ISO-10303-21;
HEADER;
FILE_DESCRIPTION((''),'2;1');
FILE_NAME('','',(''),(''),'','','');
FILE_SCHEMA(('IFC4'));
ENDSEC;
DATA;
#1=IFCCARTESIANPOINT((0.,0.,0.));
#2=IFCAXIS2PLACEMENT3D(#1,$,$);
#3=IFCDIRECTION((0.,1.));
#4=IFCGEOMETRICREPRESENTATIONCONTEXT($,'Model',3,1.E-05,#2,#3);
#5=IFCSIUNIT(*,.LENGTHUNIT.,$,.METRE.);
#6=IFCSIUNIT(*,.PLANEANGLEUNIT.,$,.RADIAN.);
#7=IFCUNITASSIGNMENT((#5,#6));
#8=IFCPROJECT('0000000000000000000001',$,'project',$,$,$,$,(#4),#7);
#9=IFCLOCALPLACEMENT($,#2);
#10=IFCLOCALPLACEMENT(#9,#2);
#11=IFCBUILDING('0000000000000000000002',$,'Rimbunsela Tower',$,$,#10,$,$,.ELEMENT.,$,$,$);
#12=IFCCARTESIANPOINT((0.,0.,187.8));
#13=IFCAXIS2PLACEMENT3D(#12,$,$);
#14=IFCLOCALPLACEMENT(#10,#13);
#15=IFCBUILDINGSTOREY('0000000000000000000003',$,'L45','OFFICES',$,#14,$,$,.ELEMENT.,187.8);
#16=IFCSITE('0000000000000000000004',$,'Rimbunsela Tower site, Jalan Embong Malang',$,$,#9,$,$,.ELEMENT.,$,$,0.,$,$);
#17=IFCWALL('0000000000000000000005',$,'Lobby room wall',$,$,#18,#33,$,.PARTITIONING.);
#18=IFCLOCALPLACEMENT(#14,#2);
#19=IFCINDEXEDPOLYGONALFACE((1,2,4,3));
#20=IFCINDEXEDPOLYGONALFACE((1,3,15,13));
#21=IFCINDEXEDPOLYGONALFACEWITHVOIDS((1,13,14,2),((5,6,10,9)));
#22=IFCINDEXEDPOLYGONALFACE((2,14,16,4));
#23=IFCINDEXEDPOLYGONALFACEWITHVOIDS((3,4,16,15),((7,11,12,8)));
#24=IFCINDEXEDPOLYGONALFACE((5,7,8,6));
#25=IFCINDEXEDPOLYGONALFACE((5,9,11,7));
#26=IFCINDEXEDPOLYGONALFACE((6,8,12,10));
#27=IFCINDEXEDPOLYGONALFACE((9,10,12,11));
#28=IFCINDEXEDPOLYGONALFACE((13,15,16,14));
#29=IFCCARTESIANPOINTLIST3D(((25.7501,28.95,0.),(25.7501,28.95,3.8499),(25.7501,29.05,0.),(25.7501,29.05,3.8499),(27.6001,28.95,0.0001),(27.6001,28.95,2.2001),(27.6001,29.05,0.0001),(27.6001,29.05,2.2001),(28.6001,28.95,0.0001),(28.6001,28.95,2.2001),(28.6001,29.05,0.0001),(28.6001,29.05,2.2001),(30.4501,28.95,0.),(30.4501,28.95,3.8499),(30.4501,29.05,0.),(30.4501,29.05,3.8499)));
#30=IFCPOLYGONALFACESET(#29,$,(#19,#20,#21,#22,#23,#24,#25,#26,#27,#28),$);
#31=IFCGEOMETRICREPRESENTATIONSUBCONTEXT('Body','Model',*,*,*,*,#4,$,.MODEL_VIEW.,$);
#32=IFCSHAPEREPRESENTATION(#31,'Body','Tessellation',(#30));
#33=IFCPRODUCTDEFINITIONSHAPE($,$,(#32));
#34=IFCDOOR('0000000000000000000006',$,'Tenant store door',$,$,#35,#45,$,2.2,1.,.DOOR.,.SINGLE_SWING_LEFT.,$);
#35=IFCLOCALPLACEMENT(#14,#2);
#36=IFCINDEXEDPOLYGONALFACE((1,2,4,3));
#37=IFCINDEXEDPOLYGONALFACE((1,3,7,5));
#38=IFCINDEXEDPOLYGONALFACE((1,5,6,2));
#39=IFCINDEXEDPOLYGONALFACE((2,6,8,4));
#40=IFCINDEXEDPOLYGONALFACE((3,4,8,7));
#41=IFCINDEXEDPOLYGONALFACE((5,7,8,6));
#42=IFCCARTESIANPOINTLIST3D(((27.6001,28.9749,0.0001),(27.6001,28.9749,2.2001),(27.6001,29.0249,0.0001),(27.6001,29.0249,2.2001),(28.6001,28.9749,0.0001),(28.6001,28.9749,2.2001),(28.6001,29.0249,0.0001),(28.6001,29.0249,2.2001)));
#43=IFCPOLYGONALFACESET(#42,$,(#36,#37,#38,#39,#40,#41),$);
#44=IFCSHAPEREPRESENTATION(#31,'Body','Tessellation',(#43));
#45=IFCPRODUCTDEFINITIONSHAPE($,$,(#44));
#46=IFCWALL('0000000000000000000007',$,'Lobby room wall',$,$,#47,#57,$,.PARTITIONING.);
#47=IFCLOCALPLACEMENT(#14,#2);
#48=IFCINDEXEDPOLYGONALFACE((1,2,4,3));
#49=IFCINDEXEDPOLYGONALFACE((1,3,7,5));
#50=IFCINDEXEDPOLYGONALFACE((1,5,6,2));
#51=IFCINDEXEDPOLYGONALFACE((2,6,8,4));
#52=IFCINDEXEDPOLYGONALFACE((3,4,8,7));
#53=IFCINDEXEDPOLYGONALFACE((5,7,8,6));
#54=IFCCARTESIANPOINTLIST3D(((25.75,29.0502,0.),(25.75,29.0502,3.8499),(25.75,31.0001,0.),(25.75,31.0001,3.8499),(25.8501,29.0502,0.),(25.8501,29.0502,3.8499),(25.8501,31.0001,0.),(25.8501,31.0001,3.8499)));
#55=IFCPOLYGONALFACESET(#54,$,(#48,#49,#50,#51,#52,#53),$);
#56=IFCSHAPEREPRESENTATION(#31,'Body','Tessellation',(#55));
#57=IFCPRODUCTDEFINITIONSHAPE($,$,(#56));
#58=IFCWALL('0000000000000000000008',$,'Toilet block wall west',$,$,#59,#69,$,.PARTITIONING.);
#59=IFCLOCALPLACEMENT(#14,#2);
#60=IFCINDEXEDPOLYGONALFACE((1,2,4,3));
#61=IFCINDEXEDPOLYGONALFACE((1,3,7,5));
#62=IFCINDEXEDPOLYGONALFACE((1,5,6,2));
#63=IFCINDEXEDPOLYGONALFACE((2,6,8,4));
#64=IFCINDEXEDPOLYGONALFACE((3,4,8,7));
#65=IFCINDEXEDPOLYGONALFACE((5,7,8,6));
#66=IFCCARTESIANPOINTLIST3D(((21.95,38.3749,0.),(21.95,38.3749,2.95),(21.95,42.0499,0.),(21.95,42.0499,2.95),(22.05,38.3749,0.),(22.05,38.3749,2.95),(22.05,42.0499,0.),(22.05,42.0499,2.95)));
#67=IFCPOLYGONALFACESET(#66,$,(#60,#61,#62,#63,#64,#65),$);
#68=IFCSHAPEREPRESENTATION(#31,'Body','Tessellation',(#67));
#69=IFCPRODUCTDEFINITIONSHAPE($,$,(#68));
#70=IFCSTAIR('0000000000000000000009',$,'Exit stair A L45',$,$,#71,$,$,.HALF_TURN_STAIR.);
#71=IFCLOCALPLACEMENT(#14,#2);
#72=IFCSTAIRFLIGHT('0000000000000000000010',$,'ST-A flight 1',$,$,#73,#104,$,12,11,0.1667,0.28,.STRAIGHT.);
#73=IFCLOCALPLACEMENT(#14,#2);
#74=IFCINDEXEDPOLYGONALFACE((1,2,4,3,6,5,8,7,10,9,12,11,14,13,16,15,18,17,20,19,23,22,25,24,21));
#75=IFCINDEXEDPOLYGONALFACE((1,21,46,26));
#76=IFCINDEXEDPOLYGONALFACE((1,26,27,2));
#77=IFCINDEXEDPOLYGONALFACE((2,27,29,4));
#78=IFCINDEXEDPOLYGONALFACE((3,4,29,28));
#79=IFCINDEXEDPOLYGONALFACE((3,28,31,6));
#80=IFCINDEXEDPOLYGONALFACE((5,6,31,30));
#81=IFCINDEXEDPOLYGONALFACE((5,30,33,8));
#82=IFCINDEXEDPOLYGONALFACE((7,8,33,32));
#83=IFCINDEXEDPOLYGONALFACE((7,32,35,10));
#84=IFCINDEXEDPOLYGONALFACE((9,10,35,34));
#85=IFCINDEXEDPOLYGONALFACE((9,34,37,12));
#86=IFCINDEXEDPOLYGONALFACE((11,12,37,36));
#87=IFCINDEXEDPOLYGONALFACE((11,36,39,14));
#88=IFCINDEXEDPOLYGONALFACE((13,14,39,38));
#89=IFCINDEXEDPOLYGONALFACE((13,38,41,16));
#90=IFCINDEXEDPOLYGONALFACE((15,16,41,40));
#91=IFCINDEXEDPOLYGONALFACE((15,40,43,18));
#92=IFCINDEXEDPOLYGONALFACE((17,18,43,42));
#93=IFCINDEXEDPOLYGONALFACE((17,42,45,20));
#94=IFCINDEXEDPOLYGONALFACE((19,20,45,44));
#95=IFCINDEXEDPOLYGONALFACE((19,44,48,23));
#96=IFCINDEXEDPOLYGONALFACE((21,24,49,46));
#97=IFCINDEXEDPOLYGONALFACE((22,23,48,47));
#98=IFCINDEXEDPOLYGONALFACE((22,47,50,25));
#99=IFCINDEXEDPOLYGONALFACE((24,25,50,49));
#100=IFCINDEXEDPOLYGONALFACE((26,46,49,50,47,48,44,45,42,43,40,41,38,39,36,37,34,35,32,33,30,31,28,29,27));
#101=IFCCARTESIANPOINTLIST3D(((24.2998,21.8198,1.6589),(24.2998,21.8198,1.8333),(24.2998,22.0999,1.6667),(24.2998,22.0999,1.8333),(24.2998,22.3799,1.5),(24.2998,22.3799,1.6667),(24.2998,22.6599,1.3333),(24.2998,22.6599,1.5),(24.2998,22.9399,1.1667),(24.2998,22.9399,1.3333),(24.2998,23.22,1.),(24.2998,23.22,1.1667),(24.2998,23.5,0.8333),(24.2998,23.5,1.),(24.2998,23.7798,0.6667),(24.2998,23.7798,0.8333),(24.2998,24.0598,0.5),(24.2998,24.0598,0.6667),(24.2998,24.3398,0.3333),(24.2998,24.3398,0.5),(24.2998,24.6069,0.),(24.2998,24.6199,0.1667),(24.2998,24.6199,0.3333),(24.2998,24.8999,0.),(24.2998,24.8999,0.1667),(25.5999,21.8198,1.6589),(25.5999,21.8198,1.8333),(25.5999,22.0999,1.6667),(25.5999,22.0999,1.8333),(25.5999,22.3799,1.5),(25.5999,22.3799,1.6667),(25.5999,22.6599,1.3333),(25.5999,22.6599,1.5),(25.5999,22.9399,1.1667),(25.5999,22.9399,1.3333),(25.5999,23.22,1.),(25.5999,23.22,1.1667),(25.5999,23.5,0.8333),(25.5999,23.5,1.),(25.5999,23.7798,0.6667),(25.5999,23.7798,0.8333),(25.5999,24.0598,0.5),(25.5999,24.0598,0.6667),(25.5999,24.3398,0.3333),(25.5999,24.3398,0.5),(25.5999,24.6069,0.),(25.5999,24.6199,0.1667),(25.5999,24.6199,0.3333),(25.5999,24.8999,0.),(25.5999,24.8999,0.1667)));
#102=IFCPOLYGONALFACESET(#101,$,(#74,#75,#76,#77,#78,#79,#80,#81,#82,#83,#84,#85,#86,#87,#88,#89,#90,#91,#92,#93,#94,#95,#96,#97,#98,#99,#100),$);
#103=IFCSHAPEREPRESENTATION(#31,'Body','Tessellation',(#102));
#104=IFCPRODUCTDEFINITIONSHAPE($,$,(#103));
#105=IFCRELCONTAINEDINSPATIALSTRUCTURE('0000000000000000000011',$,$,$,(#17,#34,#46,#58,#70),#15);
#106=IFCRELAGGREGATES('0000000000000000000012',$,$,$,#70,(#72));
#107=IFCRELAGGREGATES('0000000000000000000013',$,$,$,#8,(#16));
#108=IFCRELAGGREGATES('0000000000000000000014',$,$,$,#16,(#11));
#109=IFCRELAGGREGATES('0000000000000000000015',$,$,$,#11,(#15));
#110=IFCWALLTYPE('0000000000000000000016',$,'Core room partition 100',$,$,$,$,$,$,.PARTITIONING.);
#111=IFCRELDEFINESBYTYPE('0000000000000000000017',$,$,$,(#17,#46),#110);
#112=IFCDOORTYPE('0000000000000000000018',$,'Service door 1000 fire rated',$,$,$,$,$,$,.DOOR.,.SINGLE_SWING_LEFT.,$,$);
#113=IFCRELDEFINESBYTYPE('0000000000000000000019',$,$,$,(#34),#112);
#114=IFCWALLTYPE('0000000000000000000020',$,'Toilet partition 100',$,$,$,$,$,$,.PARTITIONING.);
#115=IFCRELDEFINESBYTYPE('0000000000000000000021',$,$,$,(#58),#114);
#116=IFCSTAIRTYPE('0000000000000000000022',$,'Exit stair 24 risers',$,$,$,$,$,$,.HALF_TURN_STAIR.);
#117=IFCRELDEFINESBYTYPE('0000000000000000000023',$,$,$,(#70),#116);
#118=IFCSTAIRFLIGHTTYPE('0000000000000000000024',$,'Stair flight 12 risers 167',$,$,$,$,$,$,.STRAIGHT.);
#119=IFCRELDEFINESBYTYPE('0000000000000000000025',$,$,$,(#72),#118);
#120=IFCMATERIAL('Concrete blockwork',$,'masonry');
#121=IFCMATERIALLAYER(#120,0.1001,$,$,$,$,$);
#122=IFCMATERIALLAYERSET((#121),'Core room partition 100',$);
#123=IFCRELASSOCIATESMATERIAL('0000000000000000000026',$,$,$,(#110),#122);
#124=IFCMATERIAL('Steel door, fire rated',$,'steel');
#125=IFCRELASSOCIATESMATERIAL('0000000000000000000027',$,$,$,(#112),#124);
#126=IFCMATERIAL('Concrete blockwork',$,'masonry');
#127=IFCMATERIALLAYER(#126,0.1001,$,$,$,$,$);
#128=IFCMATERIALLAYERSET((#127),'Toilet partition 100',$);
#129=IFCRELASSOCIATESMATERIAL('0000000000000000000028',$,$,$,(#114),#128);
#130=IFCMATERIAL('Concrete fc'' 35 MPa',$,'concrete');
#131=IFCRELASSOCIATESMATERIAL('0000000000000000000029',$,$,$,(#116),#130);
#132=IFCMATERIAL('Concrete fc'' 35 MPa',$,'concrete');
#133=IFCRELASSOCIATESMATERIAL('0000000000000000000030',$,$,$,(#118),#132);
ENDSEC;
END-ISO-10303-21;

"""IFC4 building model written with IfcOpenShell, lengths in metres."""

from ifc_helpers import new_model, si_unit, direction, frame, frame_2d, origin, place, context, subcontext, project, spatial, polyline, rectangle, outline, extrude, material, layer, layer_set, type_object, element, fill, aggregate, save


model = new_model("IFC4")

# Units and contexts
model_context = context("Model", 3, precision=1e-05, world=origin(), true_north=direction((0.0, 1.0)))
body_context = subcontext(model_context, "Body", "Model", "MODEL_VIEW")
ifc_project = project(units=[si_unit("LENGTHUNIT", "METRE"), si_unit("PLANEANGLEUNIT", "RADIAN")], contexts=[model_context])

# Site, building, storey
site_placement = place(None, origin())
site = spatial("IfcSite", under=ifc_project, at=site_placement, Name="Rimbunsela Tower site, Jalan Embong Malang", CompositionType="ELEMENT", RefElevation=0.0)
building_placement = place(site_placement, origin())
building = spatial("IfcBuilding", under=site, at=building_placement, Name="Rimbunsela Tower", CompositionType="ELEMENT")
storey_placement = place(building_placement, frame((0.0, 0.0, 187.8)))
storey = spatial("IfcBuildingStorey", under=building, at=storey_placement, Name="L45", Description="OFFICES", CompositionType="ELEMENT", Elevation=187.8)

# Wall, opening, door
ifc_material_1 = material(Name="Concrete blockwork", Category="masonry")
ifc_layer_1 = layer(ifc_material_1, 0.1001)
ifc_layer_set_1 = layer_set([ifc_layer_1], Name="Core room partition 100")
wall_type_1 = type_object("IfcWallType", Name="Core room partition 100", PredefinedType="PARTITIONING", material=ifc_layer_set_1)
ifc_material_2 = material(Name="Steel door, fire rated", Category="steel")
door_type_1 = type_object("IfcDoorType", Name="Service door 1000 fire rated", OperationType="SINGLE_SWING_LEFT", PredefinedType="DOOR", material=ifc_material_2)
wall_1_placement = place(storey_placement, frame((25.75, 29.0, 0.0), z_axis=(0.0, 0.0, 1.0), x_axis=(1.0, 0.0, 0.0)))
wall_1 = element("IfcWall", 1, at=wall_1_placement, inside=storey, type_object=wall_type_1, Name="Lobby room wall", PredefinedType="PARTITIONING", context=body_context, shape_type="SweptSolid", body=[
    extrude(rectangle(XDim=4.7, YDim=0.1001, at=frame_2d((2.3501, 0.0))), origin(), (0.0, 0.0, 1.0), 3.8499),
])
opening_1_placement = place(wall_1_placement, frame((1.8501, 0.0, 0.0)))
opening_1 = element("IfcOpeningElement", 2, at=opening_1_placement, cuts=wall_1, PredefinedType="OPENING", context=body_context, shape_type="SweptSolid", body=[
    extrude(rectangle(XDim=1.0, YDim=2.2, at=frame_2d((0.5, 1.1001))), frame((0.0, 0.0601, 0.0), z_axis=(0.0, -1.0, 0.0), x_axis=(1.0, 0.0, 0.0)), (0.0, 0.0, 1.0), 0.1201),
])
door_1_placement = place(opening_1_placement, origin())
door_1 = element("IfcDoor", 3, at=door_1_placement, inside=storey, type_object=door_type_1, Name="Tenant store door", OperationType="SINGLE_SWING_LEFT", OverallHeight=2.2, OverallWidth=1.0, PredefinedType="DOOR", context=body_context, shape_type="SweptSolid", body=[
    extrude(rectangle(XDim=1.0, YDim=2.2, at=frame_2d((0.5, 1.1001))), frame((0.0, 0.0249, 0.0), z_axis=(0.0, -1.0, 0.0), x_axis=(1.0, 0.0, 0.0)), (0.0, 0.0, 1.0), 0.05),
])
fill(opening_1, door_1)

# Walls
wall_2_placement = place(storey_placement, frame((25.8, 29.05, 0.0), z_axis=(0.0, 0.0, 1.0), x_axis=(0.0, 1.0, 0.0)))
element("IfcWall", 4, at=wall_2_placement, inside=storey, type_object=wall_type_1, Name="Lobby room wall", PredefinedType="PARTITIONING", context=body_context, shape_type="SweptSolid", body=[
    extrude(rectangle(XDim=1.95, YDim=0.1001, at=frame_2d((0.9751, 0.0))), origin(), (0.0, 0.0, 1.0), 3.8499),
])
ifc_material_3 = material(Name="Concrete blockwork", Category="masonry")
ifc_layer_2 = layer(ifc_material_3, 0.1001)
ifc_layer_set_2 = layer_set([ifc_layer_2], Name="Toilet partition 100")
wall_type_2 = type_object("IfcWallType", Name="Toilet partition 100", PredefinedType="PARTITIONING", material=ifc_layer_set_2)
wall_3_placement = place(storey_placement, frame((22.0, 38.375, 0.0), z_axis=(0.0, 0.0, 1.0), x_axis=(0.0, 1.0, 0.0)))
element("IfcWall", 5, at=wall_3_placement, inside=storey, type_object=wall_type_2, Name="Toilet block wall west", PredefinedType="PARTITIONING", context=body_context, shape_type="SweptSolid", body=[
    extrude(rectangle(XDim=3.675, YDim=0.1001, at=frame_2d((1.8374, 0.0))), origin(), (0.0, 0.0, 1.0), 2.95),
])

# Stair, stair flight
ifc_material_4 = material(Name="Concrete fc' 35 MPa", Category="concrete")
stair_type = type_object("IfcStairType", Name="Exit stair 24 risers", PredefinedType="HALF_TURN_STAIR", material=ifc_material_4)
stair_placement = place(storey_placement, origin())
stair = element("IfcStair", 6, at=stair_placement, inside=storey, type_object=stair_type, Name="Exit stair A L45", PredefinedType="HALF_TURN_STAIR")
ifc_material_5 = material(Name="Concrete fc' 35 MPa", Category="concrete")
stair_flight_type = type_object("IfcStairFlightType", Name="Stair flight 12 risers 167", PredefinedType="STRAIGHT", material=ifc_material_5)
stair_flight_placement = place(storey_placement, frame((24.95, 24.8999, 0.0), z_axis=(0.0, 0.0, 1.0), x_axis=(0.0, -1.0, 0.0)))
stair_flight = element("IfcStairFlight", 7, at=stair_flight_placement, type_object=stair_flight_type, Name="ST-A flight 1", NumberOfRisers=12, NumberOfTreads=11, PredefinedType="STRAIGHT", RiserHeight=0.1667, TreadLength=0.28, context=body_context, shape_type="SweptSolid", body=[
    extrude(outline(polyline([(0.0, 0.0), (0.0, 0.1667), (0.28, 0.1667), (0.28, 0.3333), (0.5601, 0.3333), (0.5601, 0.5), (0.8401, 0.5), (0.8401, 0.6667), (1.1201, 0.6667), (1.1201, 0.8333), (1.3999, 0.8333), (1.3999, 1.0), (1.6799, 1.0), (1.6799, 1.1667), (1.96, 1.1667), (1.96, 1.3333), (2.24, 1.3333), (2.24, 1.5), (2.52, 1.5), (2.52, 1.6667), (2.8, 1.6667), (2.8, 1.8333), (3.0801, 1.8333), (3.0801, 2.0), (3.0801, 1.6589), (0.293, 0.0), (0.0, 0.0)])), frame((0.0, 0.6499, 0.0), z_axis=(0.0, -1.0, 0.0), x_axis=(1.0, 0.0, 0.0)), (0.0, 0.0, 1.0), 1.3),
])
aggregate(stair, [stair_flight])

save(model, "model.ifc")
